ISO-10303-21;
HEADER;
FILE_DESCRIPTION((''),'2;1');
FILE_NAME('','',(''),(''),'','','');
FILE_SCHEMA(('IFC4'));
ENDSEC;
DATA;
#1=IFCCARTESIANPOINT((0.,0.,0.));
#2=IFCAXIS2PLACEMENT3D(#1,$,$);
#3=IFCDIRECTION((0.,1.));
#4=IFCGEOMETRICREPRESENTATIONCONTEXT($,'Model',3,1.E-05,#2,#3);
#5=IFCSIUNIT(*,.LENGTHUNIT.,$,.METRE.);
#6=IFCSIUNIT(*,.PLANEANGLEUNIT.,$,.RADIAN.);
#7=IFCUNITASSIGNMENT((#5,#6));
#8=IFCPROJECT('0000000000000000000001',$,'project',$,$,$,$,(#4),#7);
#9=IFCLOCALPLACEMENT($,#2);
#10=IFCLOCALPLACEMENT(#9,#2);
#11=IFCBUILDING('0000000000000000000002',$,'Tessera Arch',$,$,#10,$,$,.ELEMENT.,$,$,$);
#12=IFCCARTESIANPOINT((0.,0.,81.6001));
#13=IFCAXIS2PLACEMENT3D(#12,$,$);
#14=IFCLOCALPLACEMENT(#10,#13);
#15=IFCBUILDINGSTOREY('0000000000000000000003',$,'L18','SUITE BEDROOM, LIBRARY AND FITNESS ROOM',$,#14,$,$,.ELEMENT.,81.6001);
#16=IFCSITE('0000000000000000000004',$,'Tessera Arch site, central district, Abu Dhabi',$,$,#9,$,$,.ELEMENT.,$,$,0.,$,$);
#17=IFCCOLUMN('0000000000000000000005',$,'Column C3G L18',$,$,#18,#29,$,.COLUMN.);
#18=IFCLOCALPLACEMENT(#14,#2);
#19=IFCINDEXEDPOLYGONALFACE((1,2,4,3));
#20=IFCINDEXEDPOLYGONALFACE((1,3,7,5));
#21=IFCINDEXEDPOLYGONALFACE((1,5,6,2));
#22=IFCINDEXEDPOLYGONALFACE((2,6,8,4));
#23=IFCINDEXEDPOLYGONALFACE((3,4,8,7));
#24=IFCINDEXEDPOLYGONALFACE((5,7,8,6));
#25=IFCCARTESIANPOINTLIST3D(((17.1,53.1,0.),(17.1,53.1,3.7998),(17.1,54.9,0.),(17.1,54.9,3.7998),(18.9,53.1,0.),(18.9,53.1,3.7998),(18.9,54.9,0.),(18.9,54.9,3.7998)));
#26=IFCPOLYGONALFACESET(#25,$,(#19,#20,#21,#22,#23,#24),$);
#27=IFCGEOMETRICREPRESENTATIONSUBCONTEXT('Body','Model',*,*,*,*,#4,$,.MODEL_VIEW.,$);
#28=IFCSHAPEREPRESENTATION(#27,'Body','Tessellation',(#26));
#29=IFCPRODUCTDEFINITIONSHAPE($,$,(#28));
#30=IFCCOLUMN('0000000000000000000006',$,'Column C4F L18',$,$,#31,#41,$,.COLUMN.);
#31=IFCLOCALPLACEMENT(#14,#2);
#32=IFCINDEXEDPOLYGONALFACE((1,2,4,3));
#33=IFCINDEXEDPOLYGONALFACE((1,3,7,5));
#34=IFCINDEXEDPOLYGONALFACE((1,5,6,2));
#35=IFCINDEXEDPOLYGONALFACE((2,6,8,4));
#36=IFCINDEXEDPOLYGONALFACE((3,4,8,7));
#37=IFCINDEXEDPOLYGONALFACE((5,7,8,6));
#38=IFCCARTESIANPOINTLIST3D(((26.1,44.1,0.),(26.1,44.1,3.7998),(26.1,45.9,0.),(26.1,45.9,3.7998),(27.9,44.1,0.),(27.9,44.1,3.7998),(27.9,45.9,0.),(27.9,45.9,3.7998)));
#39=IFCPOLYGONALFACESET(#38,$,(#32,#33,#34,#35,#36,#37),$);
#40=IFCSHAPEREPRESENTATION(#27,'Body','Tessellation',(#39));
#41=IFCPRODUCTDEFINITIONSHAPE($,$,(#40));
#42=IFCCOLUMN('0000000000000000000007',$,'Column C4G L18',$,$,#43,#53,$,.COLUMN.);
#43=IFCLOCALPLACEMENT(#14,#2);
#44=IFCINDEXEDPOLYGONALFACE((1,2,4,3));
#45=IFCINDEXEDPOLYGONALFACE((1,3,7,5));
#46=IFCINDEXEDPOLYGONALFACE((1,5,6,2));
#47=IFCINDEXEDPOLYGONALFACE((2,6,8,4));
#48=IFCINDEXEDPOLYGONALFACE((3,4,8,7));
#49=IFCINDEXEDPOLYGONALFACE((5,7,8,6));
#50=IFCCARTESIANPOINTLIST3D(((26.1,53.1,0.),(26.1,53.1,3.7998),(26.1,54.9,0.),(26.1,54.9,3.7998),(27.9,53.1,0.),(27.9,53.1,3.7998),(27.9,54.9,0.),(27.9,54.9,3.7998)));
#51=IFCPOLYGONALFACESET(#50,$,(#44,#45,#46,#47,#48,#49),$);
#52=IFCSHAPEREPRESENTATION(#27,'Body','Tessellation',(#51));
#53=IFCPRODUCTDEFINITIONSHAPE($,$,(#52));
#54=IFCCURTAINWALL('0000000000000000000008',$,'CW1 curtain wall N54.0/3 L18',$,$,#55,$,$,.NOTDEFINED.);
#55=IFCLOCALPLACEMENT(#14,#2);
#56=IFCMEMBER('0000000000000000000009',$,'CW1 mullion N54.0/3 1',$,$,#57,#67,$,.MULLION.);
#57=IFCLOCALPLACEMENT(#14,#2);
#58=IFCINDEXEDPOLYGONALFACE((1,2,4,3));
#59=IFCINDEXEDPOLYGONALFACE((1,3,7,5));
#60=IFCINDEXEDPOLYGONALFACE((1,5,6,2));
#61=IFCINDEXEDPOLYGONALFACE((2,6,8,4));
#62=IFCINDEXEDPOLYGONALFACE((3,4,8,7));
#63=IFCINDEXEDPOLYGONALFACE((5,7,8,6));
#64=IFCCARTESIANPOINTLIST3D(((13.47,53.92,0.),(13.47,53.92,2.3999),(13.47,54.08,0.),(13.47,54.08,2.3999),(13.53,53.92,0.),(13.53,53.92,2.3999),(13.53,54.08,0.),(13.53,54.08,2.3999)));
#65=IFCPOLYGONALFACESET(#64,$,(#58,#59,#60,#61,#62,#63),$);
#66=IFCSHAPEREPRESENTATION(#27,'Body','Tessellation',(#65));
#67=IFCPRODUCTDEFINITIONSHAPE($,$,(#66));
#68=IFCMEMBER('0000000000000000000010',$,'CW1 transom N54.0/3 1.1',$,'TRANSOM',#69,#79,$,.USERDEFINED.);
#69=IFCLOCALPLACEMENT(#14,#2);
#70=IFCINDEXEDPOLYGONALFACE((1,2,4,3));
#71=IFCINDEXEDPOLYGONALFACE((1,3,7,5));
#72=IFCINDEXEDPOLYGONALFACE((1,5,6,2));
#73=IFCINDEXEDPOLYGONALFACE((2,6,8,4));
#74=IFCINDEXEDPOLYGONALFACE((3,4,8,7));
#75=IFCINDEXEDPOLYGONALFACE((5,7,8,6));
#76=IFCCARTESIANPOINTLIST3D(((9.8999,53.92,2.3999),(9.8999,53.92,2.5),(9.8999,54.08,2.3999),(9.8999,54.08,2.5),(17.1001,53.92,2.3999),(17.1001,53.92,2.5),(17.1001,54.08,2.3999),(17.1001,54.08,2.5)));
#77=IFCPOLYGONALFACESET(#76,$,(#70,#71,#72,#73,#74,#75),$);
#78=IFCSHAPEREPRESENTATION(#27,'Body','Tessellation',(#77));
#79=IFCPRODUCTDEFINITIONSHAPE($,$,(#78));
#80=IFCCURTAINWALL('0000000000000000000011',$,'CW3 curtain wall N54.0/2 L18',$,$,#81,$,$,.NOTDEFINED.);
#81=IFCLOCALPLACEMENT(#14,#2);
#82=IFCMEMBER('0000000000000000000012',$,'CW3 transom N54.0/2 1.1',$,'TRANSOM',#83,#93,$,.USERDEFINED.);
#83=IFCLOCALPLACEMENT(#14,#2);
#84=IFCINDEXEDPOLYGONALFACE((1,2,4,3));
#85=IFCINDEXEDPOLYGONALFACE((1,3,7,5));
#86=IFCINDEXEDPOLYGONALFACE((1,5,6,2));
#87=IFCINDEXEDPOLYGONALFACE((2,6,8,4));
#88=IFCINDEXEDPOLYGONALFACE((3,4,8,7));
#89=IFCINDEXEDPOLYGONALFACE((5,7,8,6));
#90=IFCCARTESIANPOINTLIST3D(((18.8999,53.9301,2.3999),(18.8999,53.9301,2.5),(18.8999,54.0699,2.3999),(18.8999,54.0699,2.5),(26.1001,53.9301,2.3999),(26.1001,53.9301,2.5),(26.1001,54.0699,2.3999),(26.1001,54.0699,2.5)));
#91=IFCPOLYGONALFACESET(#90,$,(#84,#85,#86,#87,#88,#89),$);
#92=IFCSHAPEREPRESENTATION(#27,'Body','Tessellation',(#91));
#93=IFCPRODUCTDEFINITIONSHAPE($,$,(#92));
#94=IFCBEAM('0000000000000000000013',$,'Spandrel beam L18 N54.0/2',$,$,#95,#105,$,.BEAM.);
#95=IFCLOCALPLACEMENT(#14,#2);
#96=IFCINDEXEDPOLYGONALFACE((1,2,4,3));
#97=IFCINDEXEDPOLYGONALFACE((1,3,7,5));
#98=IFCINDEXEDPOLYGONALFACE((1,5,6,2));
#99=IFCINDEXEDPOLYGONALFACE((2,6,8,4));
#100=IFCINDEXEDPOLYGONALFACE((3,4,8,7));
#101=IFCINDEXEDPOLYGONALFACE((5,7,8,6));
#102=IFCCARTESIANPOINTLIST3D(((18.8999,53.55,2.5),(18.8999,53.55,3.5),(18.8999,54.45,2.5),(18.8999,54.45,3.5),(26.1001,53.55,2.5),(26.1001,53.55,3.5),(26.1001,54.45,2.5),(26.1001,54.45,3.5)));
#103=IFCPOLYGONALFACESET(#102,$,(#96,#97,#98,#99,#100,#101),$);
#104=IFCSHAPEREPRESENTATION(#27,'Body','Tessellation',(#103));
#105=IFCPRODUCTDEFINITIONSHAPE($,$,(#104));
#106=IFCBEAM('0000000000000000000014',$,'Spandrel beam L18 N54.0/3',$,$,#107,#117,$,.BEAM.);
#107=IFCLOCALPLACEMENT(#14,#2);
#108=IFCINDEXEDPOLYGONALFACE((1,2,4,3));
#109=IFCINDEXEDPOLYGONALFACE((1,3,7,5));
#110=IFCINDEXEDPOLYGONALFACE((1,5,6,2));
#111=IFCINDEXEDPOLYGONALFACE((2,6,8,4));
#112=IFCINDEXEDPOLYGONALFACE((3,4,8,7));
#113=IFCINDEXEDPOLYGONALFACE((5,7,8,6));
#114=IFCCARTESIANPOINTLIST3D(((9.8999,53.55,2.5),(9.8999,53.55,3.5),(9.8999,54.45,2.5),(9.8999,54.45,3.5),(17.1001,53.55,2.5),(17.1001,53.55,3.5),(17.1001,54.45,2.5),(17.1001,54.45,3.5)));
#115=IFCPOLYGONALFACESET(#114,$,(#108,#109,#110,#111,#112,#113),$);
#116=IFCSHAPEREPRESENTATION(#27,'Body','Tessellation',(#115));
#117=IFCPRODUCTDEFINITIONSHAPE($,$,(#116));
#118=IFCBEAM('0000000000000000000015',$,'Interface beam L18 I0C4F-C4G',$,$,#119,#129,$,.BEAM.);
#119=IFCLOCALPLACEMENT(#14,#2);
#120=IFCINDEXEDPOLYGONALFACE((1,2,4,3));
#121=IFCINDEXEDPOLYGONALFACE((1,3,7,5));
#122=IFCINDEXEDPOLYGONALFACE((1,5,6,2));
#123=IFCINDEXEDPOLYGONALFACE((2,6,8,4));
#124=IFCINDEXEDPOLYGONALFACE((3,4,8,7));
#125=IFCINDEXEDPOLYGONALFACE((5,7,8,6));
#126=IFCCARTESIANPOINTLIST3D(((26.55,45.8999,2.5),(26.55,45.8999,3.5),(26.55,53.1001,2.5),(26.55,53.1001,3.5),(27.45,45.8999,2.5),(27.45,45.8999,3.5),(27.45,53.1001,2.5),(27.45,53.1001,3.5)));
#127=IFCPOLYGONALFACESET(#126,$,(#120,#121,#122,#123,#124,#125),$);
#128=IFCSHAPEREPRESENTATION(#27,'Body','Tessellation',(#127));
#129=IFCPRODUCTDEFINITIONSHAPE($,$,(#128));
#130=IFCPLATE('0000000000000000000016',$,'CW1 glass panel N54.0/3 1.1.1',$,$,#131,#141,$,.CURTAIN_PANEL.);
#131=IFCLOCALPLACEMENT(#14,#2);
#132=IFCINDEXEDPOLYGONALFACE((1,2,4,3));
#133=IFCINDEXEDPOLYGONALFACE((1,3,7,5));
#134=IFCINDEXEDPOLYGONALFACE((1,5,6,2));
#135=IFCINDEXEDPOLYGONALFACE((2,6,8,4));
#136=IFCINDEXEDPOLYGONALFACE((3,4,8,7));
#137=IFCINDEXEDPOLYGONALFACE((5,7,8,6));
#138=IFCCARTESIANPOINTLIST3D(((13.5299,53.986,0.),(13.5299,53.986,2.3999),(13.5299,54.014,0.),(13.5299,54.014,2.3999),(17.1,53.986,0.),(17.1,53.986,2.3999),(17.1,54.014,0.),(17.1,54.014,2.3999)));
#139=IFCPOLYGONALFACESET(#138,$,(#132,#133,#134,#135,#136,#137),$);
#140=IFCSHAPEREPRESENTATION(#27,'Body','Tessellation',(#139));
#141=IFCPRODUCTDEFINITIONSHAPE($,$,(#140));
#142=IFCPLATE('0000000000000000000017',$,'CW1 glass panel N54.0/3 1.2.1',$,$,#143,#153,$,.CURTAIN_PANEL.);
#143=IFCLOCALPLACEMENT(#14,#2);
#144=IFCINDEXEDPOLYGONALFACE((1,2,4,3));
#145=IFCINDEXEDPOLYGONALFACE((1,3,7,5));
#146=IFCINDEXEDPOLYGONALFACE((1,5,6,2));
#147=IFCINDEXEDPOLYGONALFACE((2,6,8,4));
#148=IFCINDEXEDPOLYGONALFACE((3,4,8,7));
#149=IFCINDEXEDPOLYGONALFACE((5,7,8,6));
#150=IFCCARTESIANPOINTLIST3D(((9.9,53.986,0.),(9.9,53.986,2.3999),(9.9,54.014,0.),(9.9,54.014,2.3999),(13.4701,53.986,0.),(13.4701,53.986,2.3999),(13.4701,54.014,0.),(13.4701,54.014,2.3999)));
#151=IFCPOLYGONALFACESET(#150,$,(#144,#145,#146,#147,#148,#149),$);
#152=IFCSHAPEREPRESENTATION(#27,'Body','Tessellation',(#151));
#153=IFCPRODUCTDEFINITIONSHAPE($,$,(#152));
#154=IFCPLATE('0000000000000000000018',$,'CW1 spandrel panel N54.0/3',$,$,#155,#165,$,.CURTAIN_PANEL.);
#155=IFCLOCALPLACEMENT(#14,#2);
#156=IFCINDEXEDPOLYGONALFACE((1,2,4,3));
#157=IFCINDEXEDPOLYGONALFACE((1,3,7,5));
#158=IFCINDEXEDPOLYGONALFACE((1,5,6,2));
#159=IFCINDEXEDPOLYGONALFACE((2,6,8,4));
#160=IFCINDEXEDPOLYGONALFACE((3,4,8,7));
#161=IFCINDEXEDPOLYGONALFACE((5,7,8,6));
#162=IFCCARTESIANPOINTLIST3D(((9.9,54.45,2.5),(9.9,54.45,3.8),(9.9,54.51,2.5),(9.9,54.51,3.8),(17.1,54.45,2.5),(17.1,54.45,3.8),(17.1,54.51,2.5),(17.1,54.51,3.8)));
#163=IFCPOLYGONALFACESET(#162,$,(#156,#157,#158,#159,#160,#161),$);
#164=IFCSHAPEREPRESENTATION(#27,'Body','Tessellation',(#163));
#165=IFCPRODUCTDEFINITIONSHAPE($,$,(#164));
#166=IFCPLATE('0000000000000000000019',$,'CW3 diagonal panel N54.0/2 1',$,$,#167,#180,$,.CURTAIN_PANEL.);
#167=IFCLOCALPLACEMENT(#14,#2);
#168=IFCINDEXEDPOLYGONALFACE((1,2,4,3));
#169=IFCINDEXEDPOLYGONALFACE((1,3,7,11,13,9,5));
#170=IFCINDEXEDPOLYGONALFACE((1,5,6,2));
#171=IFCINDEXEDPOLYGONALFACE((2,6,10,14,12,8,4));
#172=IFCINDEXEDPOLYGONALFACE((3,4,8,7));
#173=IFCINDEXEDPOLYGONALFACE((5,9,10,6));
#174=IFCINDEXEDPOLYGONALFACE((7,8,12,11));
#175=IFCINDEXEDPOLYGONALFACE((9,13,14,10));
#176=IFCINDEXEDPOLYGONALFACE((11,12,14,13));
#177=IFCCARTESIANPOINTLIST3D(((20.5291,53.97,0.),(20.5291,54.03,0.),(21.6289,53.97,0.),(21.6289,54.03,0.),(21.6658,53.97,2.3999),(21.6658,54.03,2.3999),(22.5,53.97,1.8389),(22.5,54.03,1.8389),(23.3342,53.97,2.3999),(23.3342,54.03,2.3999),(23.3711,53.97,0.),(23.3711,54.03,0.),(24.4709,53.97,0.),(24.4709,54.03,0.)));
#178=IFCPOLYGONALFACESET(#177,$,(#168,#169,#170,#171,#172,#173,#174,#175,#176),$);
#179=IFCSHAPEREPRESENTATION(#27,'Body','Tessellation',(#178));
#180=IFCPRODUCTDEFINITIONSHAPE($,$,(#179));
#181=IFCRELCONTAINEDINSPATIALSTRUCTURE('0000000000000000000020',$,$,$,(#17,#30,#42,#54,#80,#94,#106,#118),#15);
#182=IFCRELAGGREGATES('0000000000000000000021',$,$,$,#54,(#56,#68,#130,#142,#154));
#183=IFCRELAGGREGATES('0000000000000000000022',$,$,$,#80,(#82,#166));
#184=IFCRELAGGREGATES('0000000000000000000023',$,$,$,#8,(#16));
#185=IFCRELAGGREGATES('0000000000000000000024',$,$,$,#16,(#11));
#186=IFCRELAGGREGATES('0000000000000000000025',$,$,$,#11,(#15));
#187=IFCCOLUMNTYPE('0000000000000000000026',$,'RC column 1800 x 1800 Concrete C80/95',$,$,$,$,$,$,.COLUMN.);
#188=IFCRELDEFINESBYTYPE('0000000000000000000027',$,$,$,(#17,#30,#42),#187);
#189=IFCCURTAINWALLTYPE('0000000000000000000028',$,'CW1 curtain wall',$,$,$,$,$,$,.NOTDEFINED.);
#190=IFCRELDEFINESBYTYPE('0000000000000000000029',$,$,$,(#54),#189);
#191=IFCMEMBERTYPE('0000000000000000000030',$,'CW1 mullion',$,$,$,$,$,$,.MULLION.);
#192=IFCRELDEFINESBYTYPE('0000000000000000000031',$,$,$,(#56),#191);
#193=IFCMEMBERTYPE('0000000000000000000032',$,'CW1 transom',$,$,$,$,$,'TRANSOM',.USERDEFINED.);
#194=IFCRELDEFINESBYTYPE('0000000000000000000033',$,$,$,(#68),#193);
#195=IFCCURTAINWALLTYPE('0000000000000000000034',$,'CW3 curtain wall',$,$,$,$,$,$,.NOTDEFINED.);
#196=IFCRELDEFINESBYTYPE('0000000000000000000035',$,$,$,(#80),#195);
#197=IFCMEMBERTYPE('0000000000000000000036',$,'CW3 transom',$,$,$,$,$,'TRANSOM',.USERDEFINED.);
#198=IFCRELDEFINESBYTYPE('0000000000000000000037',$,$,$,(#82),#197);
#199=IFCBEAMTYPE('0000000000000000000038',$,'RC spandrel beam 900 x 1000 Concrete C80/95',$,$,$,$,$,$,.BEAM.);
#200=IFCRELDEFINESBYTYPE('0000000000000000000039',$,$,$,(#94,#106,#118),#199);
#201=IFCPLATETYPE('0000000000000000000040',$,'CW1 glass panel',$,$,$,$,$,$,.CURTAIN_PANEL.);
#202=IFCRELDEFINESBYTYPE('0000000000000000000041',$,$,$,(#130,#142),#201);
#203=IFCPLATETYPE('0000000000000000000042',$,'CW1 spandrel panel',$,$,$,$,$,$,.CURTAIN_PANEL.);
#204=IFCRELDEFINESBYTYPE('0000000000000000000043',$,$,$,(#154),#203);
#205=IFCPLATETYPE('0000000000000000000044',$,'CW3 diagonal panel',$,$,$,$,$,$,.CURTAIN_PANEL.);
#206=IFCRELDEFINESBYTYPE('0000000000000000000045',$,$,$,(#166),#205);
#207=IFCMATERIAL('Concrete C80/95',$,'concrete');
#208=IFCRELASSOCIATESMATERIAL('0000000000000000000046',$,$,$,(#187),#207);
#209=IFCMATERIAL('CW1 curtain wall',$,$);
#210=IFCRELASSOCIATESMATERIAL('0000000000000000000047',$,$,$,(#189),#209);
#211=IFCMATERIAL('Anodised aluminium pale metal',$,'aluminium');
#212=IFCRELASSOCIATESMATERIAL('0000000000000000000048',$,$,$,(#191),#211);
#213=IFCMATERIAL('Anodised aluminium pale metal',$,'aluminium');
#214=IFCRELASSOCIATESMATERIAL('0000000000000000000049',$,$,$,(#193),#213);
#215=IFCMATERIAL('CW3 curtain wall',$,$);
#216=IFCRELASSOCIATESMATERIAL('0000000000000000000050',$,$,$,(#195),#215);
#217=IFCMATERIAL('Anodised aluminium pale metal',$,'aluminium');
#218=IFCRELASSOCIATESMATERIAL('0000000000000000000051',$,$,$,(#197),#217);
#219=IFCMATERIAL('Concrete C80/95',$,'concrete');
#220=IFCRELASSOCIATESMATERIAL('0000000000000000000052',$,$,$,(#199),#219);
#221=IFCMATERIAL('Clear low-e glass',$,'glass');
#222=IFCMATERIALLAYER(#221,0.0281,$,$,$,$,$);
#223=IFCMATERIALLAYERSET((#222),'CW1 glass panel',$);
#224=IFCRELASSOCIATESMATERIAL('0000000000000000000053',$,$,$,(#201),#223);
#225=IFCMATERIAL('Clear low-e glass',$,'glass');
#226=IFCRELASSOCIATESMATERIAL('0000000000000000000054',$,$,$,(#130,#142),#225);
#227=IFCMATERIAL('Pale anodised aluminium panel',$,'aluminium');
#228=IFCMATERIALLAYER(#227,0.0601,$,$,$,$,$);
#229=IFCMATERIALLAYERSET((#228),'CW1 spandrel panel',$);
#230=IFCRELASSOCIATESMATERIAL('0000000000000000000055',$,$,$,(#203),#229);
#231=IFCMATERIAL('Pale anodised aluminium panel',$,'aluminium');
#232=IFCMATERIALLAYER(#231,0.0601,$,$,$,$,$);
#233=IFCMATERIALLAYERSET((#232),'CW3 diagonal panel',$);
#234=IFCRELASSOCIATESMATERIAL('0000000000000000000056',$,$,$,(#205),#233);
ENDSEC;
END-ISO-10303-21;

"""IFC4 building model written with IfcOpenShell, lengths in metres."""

from ifc_helpers import new_model, si_unit, direction, frame, origin, origin_2d, place, context, subcontext, project, spatial, polyline, rectangle, outline, extrude, material, layer, layer_set, material_profile, profile_set, type_object, element, aggregate, save


model = new_model("IFC4")

# Units and contexts
model_context = context("Model", 3, precision=1e-05, world=origin(), true_north=direction((0.0, 1.0)))
body_context = subcontext(model_context, "Body", "Model", "MODEL_VIEW")
ifc_project = project(units=[si_unit("LENGTHUNIT", "METRE"), si_unit("PLANEANGLEUNIT", "RADIAN")], contexts=[model_context])

# Site, building, storey
site_placement = place(None, origin())
site = spatial("IfcSite", under=ifc_project, at=site_placement, Name="Tessera Arch site, central district, Abu Dhabi", CompositionType="ELEMENT", RefElevation=0.0)
building_placement = place(site_placement, origin())
building = spatial("IfcBuilding", under=site, at=building_placement, Name="Tessera Arch", CompositionType="ELEMENT")
storey_placement = place(building_placement, frame((0.0, 0.0, 81.6001)))
storey = spatial("IfcBuildingStorey", under=building, at=storey_placement, Name="L18", Description="SUITE BEDROOM, LIBRARY AND FITNESS ROOM", CompositionType="ELEMENT", Elevation=81.6001)

# Columns
ifc_material_1 = material(Name="Concrete C80/95", Category="concrete")
ifc_material_profile_1 = material_profile(ifc_material_1, rectangle(XDim=1.8, YDim=1.8, at=origin_2d()), Name="RC column 1800 x 1800 Concrete C80/95")
ifc_profile_set_1 = profile_set([ifc_material_profile_1], Name="Concrete C80/95")
column_type = type_object("IfcColumnType", Name="RC column 1800 x 1800 Concrete C80/95", PredefinedType="COLUMN", material=ifc_profile_set_1)
for number, where, z_axis, x_axis, name in (
    (1, (18.0, 54.0, 0.0), (0.0, 0.0, 1.0), (1.0, 0.0, 0.0), "Column C3G L18"),
    (2, (27.0, 45.0, 0.0), (0.0, 0.0, 1.0), (1.0, 0.0, 0.0), "Column C4F L18"),
    (3, (27.0, 54.0, 0.0), (0.0, 0.0, 1.0), (1.0, 0.0, 0.0), "Column C4G L18"),
):
    element("IfcColumn", number, at=place(storey_placement, frame(where, z_axis=z_axis, x_axis=x_axis)), inside=storey, type_object=column_type, Name=name, PredefinedType="COLUMN", context=body_context, shape_type="SweptSolid", body=[
        extrude(rectangle(XDim=1.8, YDim=1.8, at=origin_2d()), origin(), (0.0, 0.0, 1.0), 3.7998),
    ])

# Curtain wall, members
ifc_material_2 = material(Name="CW1 curtain wall")
curtain_wall_type_1 = type_object("IfcCurtainWallType", Name="CW1 curtain wall", PredefinedType="NOTDEFINED", material=ifc_material_2)
curtain_wall_1_placement = place(storey_placement, origin())
curtain_wall_1 = element("IfcCurtainWall", 4, at=curtain_wall_1_placement, inside=storey, type_object=curtain_wall_type_1, Name="CW1 curtain wall N54.0/3 L18", PredefinedType="NOTDEFINED")
ifc_material_3 = material(Name="Anodised aluminium pale metal", Category="aluminium")
ifc_material_profile_2 = material_profile(ifc_material_3, rectangle(XDim=0.1599, YDim=0.0601, at=origin_2d()), Name="AL 60x160")
ifc_profile_set_2 = profile_set([ifc_material_profile_2], Name="Anodised aluminium pale metal")
member_type_1 = type_object("IfcMemberType", Name="CW1 mullion", PredefinedType="MULLION", material=ifc_profile_set_2)
member_1_placement = place(storey_placement, frame((13.5, 54.0, 0.0), z_axis=(0.0, 0.0, 1.0), x_axis=(0.0, -1.0, 0.0)))
member_1 = element("IfcMember", 5, at=member_1_placement, type_object=member_type_1, Name="CW1 mullion N54.0/3 1", PredefinedType="MULLION", context=body_context, shape_type="SweptSolid", body=[
    extrude(rectangle(XDim=0.1599, YDim=0.0601, at=origin_2d()), origin(), (0.0, 0.0, 1.0), 2.3999),
])
ifc_material_4 = material(Name="Anodised aluminium pale metal", Category="aluminium")
ifc_material_profile_3 = material_profile(ifc_material_4, rectangle(XDim=0.1599, YDim=0.1001, at=origin_2d()), Name="AL 160x100")
ifc_profile_set_3 = profile_set([ifc_material_profile_3], Name="Anodised aluminium pale metal")
member_type_2 = type_object("IfcMemberType", Name="CW1 transom", ElementType="TRANSOM", PredefinedType="USERDEFINED", material=ifc_profile_set_3)
member_2_placement = place(storey_placement, frame((17.1001, 54.0, 2.45), z_axis=(-1.0, 0.0, 0.0), x_axis=(0.0, -1.0, 0.0)))
member_2 = element("IfcMember", 6, at=member_2_placement, type_object=member_type_2, Name="CW1 transom N54.0/3 1.1", ObjectType="TRANSOM", PredefinedType="USERDEFINED", context=body_context, shape_type="SweptSolid", body=[
    extrude(rectangle(XDim=0.1599, YDim=0.1001, at=origin_2d()), origin(), (0.0, 0.0, 1.0), 7.2002),
])

# Curtain wall, member
ifc_material_5 = material(Name="CW3 curtain wall")
curtain_wall_type_2 = type_object("IfcCurtainWallType", Name="CW3 curtain wall", PredefinedType="NOTDEFINED", material=ifc_material_5)
curtain_wall_2_placement = place(storey_placement, origin())
curtain_wall_2 = element("IfcCurtainWall", 7, at=curtain_wall_2_placement, inside=storey, type_object=curtain_wall_type_2, Name="CW3 curtain wall N54.0/2 L18", PredefinedType="NOTDEFINED")
ifc_material_6 = material(Name="Anodised aluminium pale metal", Category="aluminium")
ifc_material_profile_4 = material_profile(ifc_material_6, rectangle(XDim=0.1399, YDim=0.1001, at=origin_2d()), Name="AL 140x100")
ifc_profile_set_4 = profile_set([ifc_material_profile_4], Name="Anodised aluminium pale metal")
member_type_3 = type_object("IfcMemberType", Name="CW3 transom", ElementType="TRANSOM", PredefinedType="USERDEFINED", material=ifc_profile_set_4)
member_3_placement = place(storey_placement, frame((26.1001, 54.0, 2.45), z_axis=(-1.0, 0.0, 0.0), x_axis=(0.0, -1.0, 0.0)))
member_3 = element("IfcMember", 8, at=member_3_placement, type_object=member_type_3, Name="CW3 transom N54.0/2 1.1", ObjectType="TRANSOM", PredefinedType="USERDEFINED", context=body_context, shape_type="SweptSolid", body=[
    extrude(rectangle(XDim=0.1399, YDim=0.1001, at=origin_2d()), origin(), (0.0, 0.0, 1.0), 7.2002),
])

# Beams
ifc_material_7 = material(Name="Concrete C80/95", Category="concrete")
ifc_material_profile_5 = material_profile(ifc_material_7, rectangle(XDim=0.8999, YDim=1.0, at=origin_2d()), Name="RC spandrel beam 900 x 1000 Concrete C80/95")
ifc_profile_set_5 = profile_set([ifc_material_profile_5], Name="Concrete C80/95")
beam_type = type_object("IfcBeamType", Name="RC spandrel beam 900 x 1000 Concrete C80/95", PredefinedType="BEAM", material=ifc_profile_set_5)
for number, where, z_axis, x_axis, name in (
    (9, (26.1001, 54.0, 3.0), (-1.0, 0.0, 0.0), (0.0, -1.0, 0.0), "Spandrel beam L18 N54.0/2"),
    (10, (17.1001, 54.0, 3.0), (-1.0, 0.0, 0.0), (0.0, -1.0, 0.0), "Spandrel beam L18 N54.0/3"),
    (11, (27.0, 45.8999, 3.0), (0.0, 1.0, 0.0), (-1.0, 0.0, 0.0), "Interface beam L18 I0C4F-C4G"),
):
    element("IfcBeam", number, at=place(storey_placement, frame(where, z_axis=z_axis, x_axis=x_axis)), inside=storey, type_object=beam_type, Name=name, PredefinedType="BEAM", context=body_context, shape_type="SweptSolid", body=[
        extrude(rectangle(XDim=0.8999, YDim=1.0, at=origin_2d()), origin(), (0.0, 0.0, 1.0), 7.2002),
    ])

# Plates
ifc_material_8 = material(Name="Clear low-e glass", Category="glass")
ifc_material_9 = material(Name="Clear low-e glass", Category="glass")
ifc_layer_1 = layer(ifc_material_9, 0.0281)
ifc_layer_set_1 = layer_set([ifc_layer_1], Name="CW1 glass panel")
plate_type_1 = type_object("IfcPlateType", Name="CW1 glass panel", PredefinedType="CURTAIN_PANEL", material=ifc_layer_set_1)
plate_1_placement = place(storey_placement, frame((15.3149, 54.0, 0.0), z_axis=(0.0, 0.0, 1.0), x_axis=(-1.0, 0.0, 0.0)))
plate_1 = element("IfcPlate", 12, at=plate_1_placement, type_object=plate_type_1, material=ifc_material_8, Name="CW1 glass panel N54.0/3 1.1.1", PredefinedType="CURTAIN_PANEL", context=body_context, shape_type="SweptSolid", body=[
    extrude(rectangle(XDim=3.5701, YDim=0.0281, at=origin_2d()), origin(), (0.0, 0.0, 1.0), 2.3999),
])
plate_2_placement = place(storey_placement, frame((11.6851, 54.0, 0.0), z_axis=(0.0, 0.0, 1.0), x_axis=(-1.0, 0.0, 0.0)))
plate_2 = element("IfcPlate", 13, at=plate_2_placement, type_object=plate_type_1, material=ifc_material_8, Name="CW1 glass panel N54.0/3 1.2.1", PredefinedType="CURTAIN_PANEL", context=body_context, shape_type="SweptSolid", body=[
    extrude(rectangle(XDim=3.5701, YDim=0.0281, at=origin_2d()), origin(), (0.0, 0.0, 1.0), 2.3999),
])
ifc_material_10 = material(Name="Pale anodised aluminium panel", Category="aluminium")
ifc_layer_2 = layer(ifc_material_10, 0.0601)
ifc_layer_set_2 = layer_set([ifc_layer_2], Name="CW1 spandrel panel")
plate_type_2 = type_object("IfcPlateType", Name="CW1 spandrel panel", PredefinedType="CURTAIN_PANEL", material=ifc_layer_set_2)
plate_3_placement = place(storey_placement, frame((13.5, 54.48, 2.5), z_axis=(0.0, 0.0, 1.0), x_axis=(-1.0, 0.0, 0.0)))
plate_3 = element("IfcPlate", 14, at=plate_3_placement, type_object=plate_type_2, Name="CW1 spandrel panel N54.0/3", PredefinedType="CURTAIN_PANEL", context=body_context, shape_type="SweptSolid", body=[
    extrude(rectangle(XDim=7.2, YDim=0.0601, at=origin_2d()), origin(), (0.0, 0.0, 1.0), 1.3),
])
aggregate(curtain_wall_1, [member_1, member_2, plate_1, plate_2, plate_3])
ifc_material_11 = material(Name="Pale anodised aluminium panel", Category="aluminium")
ifc_layer_3 = layer(ifc_material_11, 0.0601)
ifc_layer_set_3 = layer_set([ifc_layer_3], Name="CW3 diagonal panel")
plate_type_3 = type_object("IfcPlateType", Name="CW3 diagonal panel", PredefinedType="CURTAIN_PANEL", material=ifc_layer_set_3)
plate_4_placement = place(storey_placement, frame((21.6658, 54.03, 2.3999), z_axis=(0.0, 1.0, 0.0), x_axis=(1.0, 0.0, 0.0)))
plate_4 = element("IfcPlate", 15, at=plate_4_placement, type_object=plate_type_3, Name="CW3 diagonal panel N54.0/2 1", PredefinedType="CURTAIN_PANEL", context=body_context, shape_type="SweptSolid", body=[
    extrude(outline(polyline([(0.0, 0.0), (1.6685, 0.0), (2.8052, 2.3999), (1.7053, 2.3999), (0.8342, 0.561), (-0.0369, 2.3999), (-1.1367, 2.3999), (0.0, 0.0)])), origin(), (0.0, 0.0, -1.0), 0.0601),
])

aggregate(curtain_wall_2, [member_3, plate_4])

save(model, "model.ifc")
